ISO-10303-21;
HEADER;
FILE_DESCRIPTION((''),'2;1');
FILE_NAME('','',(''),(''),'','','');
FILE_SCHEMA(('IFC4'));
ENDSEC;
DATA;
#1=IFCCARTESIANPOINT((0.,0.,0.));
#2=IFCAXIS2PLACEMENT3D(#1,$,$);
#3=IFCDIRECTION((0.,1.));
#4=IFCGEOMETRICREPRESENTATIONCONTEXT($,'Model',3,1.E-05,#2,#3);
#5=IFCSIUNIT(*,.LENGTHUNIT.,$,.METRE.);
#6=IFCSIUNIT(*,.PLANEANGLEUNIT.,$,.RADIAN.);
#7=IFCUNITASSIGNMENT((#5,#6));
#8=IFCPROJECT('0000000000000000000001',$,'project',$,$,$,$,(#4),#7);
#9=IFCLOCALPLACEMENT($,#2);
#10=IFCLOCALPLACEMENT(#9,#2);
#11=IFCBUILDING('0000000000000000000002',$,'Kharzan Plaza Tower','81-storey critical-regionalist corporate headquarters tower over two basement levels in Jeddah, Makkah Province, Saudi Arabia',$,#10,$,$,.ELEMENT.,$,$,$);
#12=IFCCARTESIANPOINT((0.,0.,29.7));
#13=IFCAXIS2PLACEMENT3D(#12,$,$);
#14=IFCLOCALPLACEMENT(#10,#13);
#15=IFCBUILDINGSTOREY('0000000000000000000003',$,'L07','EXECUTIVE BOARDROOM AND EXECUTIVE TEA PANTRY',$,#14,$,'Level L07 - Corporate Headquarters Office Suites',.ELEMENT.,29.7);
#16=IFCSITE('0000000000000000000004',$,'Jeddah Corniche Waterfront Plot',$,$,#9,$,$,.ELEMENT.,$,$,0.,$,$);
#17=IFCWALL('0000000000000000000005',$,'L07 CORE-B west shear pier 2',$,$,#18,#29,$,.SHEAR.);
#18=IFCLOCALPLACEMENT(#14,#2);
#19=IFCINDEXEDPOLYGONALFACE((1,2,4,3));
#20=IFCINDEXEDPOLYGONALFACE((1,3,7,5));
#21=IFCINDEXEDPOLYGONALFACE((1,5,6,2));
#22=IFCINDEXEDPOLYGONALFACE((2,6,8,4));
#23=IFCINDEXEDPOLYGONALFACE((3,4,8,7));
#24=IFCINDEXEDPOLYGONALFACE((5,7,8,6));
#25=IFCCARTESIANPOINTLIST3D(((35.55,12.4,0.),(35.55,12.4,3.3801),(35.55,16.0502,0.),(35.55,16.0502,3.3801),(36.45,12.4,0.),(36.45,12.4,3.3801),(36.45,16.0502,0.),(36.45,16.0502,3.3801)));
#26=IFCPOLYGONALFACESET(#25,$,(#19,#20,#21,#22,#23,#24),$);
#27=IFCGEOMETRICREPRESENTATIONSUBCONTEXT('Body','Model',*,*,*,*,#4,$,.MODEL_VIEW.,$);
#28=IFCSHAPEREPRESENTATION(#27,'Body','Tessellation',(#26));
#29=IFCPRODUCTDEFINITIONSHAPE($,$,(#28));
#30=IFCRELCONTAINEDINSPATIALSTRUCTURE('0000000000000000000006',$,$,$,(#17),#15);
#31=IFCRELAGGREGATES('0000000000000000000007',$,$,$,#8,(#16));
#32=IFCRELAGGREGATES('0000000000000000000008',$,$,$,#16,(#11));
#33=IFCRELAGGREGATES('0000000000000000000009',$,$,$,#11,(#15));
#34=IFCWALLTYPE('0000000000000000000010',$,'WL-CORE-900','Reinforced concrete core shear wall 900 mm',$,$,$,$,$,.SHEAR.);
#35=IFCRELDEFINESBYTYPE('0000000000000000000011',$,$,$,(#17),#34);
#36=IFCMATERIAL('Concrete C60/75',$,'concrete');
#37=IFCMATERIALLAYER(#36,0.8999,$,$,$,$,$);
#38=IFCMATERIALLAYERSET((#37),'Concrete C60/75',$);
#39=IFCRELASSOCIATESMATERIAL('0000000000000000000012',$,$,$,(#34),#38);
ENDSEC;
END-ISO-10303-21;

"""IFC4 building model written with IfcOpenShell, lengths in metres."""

from ifc_helpers import new_model, si_unit, direction, frame, frame_2d, origin, place, context, subcontext, project, spatial, rectangle, extrude, source, transform, mapped, material, layer, layer_set, type_object, element, save


model = new_model("IFC4")

# Units and contexts
model_context = context("Model", 3, precision=1e-05, world=origin(), true_north=direction((0.0, 1.0)))
body_context = subcontext(model_context, "Body", "Model", "MODEL_VIEW")
ifc_project = project(units=[si_unit("LENGTHUNIT", "METRE"), si_unit("PLANEANGLEUNIT", "RADIAN")], contexts=[model_context])

# Site, building, storey
site_placement = place(None, origin())
site = spatial("IfcSite", under=ifc_project, at=site_placement, Name="Jeddah Corniche Waterfront Plot", CompositionType="ELEMENT", RefElevation=0.0)
building_placement = place(site_placement, origin())
building = spatial("IfcBuilding", under=site, at=building_placement, Name="Kharzan Plaza Tower", Description="81-storey critical-regionalist corporate headquarters tower over two basement levels in Jeddah, Makkah Province, Saudi Arabia", CompositionType="ELEMENT")
storey_placement = place(building_placement, frame((0.0, 0.0, 29.7)))
storey = spatial("IfcBuildingStorey", under=building, at=storey_placement, Name="L07", Description="EXECUTIVE BOARDROOM AND EXECUTIVE TEA PANTRY", LongName="Level L07 - Corporate Headquarters Office Suites", CompositionType="ELEMENT", Elevation=29.7)

# Shared definitions
ifc_material_1 = material(Name="Concrete C60/75", Category="concrete")

# Wall
ifc_layer_1 = layer(ifc_material_1, 0.8999)
ifc_layer_set_1 = layer_set([ifc_layer_1], Name="Concrete C60/75")
wall_type_1 = type_object("IfcWallType", Name="WL-CORE-900", Description="Reinforced concrete core shear wall 900 mm", PredefinedType="SHEAR", material=ifc_layer_set_1)
shared_shape_1 = source(origin(), body_context, "Body", "SweptSolid", [
    extrude(rectangle(XDim=3.6501, YDim=0.8999, at=frame_2d((1.8252, 0.0))), origin(), (0.0, 0.0, 1.0), 3.3801),
])
wall_1_placement = place(storey_placement, frame((36.0, 12.3999, 0.0), z_axis=(0.0, 0.0, 1.0), x_axis=(0.0, 1.0, 0.0)))
element("IfcWall", 1, at=wall_1_placement, inside=storey, type_object=wall_type_1, Name="L07 CORE-B west shear pier 2", PredefinedType="SHEAR", context=body_context, shape_type="MappedRepresentation", body=[
    mapped(shared_shape_1, transform((0.0, 0.0, 0.0), x_axis=(1.0, 0.0, 0.0), y_axis=(0.0, 1.0, 0.0), z_axis=(0.0, 0.0, 1.0))),
])

save(model, "model.ifc")
